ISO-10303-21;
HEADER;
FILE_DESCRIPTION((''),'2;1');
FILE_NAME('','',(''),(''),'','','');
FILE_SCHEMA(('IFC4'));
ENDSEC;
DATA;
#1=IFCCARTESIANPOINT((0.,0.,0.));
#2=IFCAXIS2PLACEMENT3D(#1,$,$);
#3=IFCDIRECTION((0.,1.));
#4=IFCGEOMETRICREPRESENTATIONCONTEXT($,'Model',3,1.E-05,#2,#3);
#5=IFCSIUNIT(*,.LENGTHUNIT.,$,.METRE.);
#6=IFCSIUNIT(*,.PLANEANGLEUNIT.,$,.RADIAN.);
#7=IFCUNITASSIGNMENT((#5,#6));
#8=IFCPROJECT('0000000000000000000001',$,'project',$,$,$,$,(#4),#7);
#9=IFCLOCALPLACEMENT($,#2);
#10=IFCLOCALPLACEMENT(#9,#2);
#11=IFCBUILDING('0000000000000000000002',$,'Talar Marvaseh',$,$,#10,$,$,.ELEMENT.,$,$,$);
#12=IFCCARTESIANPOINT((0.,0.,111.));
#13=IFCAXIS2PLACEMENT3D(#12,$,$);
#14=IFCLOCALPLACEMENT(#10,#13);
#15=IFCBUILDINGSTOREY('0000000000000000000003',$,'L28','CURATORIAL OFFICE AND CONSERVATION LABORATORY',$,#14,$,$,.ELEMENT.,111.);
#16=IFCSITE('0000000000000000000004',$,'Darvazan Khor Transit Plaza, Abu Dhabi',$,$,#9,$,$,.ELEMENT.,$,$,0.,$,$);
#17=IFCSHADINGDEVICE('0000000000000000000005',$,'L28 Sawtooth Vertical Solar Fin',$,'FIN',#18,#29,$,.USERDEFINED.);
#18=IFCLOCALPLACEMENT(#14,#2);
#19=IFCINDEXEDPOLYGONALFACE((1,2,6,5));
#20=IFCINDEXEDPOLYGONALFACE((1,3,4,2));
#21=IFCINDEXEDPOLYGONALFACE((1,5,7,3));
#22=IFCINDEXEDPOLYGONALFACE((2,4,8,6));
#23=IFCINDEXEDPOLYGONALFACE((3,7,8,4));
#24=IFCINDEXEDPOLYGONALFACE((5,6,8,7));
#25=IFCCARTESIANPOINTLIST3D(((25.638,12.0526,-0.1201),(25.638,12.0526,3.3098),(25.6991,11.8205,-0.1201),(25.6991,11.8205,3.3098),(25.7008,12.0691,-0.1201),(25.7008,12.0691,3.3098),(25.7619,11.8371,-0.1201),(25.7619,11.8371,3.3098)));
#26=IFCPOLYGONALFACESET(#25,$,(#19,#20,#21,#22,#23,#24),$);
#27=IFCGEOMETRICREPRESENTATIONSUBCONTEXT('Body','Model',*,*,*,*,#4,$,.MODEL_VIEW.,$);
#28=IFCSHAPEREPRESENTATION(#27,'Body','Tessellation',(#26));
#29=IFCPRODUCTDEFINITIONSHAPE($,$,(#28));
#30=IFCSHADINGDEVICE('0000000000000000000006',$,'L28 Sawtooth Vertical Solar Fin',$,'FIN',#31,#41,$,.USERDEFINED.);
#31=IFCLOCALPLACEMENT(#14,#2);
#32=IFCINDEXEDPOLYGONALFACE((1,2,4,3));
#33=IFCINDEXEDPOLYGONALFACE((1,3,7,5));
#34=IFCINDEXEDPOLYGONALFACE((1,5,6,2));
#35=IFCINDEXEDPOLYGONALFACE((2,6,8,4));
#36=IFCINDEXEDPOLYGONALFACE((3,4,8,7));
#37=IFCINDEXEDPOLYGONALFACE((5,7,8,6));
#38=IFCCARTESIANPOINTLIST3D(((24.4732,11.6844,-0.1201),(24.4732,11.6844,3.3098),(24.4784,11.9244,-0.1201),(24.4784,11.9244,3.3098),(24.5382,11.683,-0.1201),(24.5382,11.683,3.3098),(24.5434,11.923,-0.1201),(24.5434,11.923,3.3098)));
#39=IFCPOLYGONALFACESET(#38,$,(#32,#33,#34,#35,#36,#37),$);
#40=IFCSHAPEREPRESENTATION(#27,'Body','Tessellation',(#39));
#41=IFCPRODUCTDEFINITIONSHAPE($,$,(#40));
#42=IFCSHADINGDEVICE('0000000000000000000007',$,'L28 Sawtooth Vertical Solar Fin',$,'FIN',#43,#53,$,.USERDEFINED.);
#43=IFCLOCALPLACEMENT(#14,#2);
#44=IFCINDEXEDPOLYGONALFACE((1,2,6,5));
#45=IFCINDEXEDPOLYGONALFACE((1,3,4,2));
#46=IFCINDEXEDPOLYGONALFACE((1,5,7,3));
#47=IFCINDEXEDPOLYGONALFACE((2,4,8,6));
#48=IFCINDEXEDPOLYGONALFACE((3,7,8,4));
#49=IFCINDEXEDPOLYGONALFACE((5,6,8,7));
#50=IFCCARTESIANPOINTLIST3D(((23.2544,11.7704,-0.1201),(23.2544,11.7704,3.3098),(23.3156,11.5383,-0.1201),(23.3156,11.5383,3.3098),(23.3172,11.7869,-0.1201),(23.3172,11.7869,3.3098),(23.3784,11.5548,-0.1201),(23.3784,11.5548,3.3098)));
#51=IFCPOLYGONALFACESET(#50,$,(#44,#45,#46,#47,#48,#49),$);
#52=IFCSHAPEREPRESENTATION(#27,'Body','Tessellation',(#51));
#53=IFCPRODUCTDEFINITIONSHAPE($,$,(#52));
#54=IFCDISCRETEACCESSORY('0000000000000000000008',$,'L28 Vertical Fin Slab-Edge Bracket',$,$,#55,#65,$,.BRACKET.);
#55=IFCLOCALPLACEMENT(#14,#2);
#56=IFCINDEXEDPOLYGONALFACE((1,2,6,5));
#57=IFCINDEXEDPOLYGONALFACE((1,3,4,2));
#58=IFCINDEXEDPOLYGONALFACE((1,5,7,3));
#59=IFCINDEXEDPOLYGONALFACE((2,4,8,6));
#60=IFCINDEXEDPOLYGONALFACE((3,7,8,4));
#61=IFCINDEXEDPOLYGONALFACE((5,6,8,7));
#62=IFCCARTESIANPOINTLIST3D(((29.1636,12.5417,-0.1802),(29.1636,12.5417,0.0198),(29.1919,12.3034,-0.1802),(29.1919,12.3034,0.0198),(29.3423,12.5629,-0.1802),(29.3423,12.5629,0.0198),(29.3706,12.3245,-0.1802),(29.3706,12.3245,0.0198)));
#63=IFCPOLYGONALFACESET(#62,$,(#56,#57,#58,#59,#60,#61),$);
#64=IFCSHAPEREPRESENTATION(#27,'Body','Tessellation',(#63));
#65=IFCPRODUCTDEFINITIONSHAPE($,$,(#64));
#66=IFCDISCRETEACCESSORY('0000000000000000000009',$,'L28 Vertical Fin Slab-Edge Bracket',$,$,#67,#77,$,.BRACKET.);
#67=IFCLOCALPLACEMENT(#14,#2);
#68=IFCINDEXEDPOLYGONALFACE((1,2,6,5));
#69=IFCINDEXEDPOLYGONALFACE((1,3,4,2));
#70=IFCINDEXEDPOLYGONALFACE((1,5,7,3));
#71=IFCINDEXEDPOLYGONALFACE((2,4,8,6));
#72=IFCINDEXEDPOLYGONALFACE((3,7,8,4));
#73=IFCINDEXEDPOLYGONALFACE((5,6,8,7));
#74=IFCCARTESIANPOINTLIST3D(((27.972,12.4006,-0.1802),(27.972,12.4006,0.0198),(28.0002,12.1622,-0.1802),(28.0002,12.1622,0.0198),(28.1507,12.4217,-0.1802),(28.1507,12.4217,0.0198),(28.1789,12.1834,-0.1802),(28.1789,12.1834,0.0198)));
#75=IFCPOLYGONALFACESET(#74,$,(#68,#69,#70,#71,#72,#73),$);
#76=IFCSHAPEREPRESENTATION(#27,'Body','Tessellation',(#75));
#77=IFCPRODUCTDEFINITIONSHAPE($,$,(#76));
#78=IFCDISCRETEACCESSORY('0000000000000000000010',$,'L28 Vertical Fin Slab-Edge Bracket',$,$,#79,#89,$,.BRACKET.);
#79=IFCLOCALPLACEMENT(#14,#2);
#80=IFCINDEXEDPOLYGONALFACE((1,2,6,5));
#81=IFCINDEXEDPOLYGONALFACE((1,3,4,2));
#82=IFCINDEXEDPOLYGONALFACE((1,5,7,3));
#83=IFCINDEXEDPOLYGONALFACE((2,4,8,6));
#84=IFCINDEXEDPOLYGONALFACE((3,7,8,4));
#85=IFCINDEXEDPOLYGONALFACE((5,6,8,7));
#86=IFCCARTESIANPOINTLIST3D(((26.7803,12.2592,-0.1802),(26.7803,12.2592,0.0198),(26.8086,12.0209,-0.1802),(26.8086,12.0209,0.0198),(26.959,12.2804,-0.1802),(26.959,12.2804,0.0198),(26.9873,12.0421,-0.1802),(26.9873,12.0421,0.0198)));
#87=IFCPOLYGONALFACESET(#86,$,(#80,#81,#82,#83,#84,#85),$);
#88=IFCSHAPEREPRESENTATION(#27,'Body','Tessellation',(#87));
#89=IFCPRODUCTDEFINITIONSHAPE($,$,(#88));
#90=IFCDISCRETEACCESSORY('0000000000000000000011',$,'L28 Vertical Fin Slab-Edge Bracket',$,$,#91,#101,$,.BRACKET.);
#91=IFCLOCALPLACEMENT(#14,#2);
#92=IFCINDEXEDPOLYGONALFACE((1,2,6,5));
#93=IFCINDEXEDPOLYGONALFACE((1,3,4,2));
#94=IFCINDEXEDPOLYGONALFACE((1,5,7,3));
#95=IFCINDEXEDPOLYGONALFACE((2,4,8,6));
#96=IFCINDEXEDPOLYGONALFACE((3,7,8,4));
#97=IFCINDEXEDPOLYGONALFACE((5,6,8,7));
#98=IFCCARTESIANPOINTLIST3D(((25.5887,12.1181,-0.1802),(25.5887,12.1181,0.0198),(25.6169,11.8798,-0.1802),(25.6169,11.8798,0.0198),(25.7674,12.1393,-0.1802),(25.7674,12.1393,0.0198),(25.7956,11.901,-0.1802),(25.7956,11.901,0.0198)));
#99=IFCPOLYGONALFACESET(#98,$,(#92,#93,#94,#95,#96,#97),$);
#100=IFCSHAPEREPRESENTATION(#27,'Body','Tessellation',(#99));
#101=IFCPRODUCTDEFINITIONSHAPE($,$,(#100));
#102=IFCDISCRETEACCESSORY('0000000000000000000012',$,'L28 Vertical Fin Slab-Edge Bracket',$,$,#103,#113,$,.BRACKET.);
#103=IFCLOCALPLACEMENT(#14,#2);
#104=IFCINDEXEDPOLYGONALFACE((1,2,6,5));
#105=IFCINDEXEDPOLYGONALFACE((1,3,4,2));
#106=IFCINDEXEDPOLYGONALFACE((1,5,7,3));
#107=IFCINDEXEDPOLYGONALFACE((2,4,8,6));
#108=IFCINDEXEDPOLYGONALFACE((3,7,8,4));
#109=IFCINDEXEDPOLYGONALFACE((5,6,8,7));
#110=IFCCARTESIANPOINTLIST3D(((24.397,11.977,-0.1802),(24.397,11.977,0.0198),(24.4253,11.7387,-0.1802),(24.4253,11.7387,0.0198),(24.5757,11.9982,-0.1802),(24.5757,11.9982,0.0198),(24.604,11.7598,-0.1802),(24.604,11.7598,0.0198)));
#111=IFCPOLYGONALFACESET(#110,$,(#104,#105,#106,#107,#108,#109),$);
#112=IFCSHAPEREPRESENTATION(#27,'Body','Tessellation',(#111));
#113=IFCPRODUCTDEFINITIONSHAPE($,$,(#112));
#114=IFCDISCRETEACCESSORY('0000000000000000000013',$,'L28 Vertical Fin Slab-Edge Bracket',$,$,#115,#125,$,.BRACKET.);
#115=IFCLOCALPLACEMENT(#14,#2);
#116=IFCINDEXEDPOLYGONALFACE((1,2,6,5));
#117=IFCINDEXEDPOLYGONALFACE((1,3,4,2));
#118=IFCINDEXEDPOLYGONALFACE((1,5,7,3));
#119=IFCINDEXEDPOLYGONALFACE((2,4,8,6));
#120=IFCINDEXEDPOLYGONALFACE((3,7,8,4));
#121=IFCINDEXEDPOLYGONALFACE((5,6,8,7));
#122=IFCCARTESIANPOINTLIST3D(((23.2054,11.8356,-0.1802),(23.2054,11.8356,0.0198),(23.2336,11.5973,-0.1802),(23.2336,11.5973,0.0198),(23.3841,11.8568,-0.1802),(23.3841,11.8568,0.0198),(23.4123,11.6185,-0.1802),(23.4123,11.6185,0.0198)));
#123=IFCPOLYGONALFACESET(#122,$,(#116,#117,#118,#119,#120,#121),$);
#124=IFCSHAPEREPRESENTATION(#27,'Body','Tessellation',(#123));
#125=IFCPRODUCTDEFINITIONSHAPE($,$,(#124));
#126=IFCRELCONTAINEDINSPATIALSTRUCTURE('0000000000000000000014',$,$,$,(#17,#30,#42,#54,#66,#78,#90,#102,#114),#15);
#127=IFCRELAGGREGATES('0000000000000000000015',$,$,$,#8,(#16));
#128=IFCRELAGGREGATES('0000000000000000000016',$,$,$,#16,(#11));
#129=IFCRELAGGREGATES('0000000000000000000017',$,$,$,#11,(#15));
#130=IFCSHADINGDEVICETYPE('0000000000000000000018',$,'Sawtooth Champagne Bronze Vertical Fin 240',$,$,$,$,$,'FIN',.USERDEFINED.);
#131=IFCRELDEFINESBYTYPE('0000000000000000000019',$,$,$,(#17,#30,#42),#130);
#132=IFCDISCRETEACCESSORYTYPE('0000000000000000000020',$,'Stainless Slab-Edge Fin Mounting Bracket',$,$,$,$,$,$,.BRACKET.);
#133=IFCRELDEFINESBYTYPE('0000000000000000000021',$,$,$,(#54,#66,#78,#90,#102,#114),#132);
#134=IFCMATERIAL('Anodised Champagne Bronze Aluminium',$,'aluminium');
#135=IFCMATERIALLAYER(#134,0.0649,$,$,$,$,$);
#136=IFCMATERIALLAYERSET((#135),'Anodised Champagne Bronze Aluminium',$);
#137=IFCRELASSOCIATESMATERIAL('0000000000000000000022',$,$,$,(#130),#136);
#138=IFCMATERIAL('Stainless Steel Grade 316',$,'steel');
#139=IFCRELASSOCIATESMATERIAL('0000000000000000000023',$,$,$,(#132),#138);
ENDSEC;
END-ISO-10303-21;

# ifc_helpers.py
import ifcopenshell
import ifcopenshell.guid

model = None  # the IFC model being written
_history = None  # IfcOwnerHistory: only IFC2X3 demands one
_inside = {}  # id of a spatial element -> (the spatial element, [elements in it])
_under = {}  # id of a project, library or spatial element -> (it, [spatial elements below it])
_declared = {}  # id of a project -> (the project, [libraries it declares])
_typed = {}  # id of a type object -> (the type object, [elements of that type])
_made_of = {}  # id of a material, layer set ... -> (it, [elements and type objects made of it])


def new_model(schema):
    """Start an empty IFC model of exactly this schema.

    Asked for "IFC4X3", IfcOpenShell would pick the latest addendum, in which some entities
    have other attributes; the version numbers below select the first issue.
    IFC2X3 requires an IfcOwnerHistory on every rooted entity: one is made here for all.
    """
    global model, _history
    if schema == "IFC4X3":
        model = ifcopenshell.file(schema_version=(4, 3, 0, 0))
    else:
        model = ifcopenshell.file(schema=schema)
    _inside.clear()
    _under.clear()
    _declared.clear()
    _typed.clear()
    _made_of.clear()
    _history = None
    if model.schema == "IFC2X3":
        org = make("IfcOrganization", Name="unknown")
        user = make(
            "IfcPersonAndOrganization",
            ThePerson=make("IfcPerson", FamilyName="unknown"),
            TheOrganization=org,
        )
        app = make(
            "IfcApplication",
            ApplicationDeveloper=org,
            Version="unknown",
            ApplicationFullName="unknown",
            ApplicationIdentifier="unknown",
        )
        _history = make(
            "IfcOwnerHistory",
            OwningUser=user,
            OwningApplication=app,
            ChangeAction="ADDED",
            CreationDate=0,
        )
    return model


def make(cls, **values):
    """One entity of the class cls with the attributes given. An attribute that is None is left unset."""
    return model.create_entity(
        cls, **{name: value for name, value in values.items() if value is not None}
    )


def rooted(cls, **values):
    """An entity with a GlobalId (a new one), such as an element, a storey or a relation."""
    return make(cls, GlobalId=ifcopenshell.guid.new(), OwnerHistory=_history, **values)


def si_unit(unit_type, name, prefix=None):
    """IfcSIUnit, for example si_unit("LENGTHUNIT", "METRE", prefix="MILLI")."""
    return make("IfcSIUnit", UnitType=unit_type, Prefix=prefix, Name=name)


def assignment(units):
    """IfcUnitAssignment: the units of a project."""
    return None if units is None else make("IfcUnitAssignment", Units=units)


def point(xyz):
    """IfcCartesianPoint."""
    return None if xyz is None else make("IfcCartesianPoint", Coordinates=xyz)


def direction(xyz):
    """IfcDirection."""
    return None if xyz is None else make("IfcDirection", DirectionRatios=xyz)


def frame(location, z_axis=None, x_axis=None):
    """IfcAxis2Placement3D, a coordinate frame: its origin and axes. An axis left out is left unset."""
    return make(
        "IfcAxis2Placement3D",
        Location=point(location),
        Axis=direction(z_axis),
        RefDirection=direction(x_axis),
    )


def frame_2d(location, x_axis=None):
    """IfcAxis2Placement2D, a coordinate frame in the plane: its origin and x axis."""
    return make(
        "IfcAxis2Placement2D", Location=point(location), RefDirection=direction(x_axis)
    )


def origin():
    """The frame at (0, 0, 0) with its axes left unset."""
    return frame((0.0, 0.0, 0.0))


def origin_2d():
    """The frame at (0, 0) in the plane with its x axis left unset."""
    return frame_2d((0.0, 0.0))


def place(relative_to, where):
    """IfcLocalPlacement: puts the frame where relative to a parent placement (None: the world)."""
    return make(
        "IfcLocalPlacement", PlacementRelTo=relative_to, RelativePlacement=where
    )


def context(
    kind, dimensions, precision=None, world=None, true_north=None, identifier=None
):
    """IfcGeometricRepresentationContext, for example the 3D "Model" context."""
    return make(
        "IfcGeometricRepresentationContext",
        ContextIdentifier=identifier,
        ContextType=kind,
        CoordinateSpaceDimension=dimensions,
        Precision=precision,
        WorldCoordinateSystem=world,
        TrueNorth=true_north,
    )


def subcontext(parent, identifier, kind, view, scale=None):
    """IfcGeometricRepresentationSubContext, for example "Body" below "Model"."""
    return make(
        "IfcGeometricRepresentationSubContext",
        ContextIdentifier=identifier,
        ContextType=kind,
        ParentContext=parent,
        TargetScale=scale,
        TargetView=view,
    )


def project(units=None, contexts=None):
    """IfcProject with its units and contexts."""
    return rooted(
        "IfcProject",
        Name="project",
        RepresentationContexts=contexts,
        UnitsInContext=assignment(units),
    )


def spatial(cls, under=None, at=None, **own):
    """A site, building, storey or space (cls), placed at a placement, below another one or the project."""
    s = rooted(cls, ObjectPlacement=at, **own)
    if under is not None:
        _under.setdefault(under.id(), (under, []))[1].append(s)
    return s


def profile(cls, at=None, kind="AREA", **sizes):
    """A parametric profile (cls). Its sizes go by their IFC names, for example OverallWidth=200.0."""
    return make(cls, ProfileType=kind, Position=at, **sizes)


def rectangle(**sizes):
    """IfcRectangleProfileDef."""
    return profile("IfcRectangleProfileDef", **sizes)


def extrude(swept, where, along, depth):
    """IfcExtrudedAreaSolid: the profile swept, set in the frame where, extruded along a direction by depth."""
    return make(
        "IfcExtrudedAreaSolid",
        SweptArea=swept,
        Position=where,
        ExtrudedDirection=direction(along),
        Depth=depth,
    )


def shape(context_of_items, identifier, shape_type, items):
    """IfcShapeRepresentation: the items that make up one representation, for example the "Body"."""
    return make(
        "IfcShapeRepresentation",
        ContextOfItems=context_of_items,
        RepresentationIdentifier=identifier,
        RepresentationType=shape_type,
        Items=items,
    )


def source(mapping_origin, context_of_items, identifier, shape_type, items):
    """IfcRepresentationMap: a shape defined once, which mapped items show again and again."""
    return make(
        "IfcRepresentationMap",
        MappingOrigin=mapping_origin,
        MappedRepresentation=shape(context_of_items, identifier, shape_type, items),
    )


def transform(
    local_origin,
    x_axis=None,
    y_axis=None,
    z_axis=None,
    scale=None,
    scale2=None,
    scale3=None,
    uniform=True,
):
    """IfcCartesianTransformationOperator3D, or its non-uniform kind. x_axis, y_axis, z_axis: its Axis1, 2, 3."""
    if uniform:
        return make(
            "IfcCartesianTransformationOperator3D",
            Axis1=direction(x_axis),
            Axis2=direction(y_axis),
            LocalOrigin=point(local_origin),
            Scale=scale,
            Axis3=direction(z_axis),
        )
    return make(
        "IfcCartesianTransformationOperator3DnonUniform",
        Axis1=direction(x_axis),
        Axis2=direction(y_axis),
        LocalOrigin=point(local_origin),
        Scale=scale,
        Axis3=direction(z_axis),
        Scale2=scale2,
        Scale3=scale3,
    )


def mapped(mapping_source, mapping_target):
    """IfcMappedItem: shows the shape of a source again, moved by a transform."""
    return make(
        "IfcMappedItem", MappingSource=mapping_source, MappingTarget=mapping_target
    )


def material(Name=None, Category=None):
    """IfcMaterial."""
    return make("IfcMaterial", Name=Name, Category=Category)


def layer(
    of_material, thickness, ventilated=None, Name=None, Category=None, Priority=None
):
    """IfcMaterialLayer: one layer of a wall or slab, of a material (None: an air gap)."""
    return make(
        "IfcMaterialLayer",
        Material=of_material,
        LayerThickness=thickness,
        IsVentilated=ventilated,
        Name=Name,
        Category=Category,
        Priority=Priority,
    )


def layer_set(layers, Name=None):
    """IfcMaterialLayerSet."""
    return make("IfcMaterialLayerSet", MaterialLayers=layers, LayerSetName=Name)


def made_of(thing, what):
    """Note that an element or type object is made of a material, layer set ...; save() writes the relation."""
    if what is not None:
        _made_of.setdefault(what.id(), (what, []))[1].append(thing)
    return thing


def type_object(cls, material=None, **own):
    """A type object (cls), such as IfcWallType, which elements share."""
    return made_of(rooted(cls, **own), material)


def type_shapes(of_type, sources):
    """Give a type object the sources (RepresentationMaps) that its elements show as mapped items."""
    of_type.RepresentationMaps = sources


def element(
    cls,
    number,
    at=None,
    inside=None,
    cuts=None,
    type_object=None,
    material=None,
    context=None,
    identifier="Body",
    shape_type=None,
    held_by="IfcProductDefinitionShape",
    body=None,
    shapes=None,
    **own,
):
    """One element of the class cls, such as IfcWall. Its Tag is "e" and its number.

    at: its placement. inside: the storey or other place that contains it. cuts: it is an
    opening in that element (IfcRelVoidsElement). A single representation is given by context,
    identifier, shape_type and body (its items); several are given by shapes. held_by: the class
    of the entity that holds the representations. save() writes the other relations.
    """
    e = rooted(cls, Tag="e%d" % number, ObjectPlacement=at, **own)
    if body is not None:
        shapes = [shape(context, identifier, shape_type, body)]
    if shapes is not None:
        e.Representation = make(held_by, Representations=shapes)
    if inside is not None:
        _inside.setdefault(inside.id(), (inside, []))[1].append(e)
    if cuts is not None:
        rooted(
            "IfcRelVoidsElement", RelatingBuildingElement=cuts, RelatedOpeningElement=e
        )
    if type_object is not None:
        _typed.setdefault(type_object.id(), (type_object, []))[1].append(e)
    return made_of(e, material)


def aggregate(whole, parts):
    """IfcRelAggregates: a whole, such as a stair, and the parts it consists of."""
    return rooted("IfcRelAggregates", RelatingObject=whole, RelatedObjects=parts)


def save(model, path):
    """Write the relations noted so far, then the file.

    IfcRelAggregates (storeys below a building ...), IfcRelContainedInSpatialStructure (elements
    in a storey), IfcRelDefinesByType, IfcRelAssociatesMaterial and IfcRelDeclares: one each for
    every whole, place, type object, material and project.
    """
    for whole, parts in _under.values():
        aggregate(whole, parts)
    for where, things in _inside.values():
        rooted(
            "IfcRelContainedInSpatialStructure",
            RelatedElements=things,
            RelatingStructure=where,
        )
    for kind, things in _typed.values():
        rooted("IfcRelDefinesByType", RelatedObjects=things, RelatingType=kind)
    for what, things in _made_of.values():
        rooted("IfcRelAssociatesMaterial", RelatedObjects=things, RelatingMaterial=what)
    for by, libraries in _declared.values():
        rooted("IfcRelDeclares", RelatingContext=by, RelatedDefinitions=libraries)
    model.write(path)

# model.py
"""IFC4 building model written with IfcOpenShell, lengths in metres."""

from ifc_helpers import new_model, si_unit, direction, frame, origin, origin_2d, place, context, subcontext, project, spatial, rectangle, extrude, source, transform, mapped, material, layer, layer_set, type_object, type_shapes, element, save


model = new_model("IFC4")

# Units and contexts
model_context = context("Model", 3, precision=1e-05, world=origin(), true_north=direction((0.0, 1.0)))
body_context = subcontext(model_context, "Body", "Model", "MODEL_VIEW")
ifc_project = project(units=[si_unit("LENGTHUNIT", "METRE"), si_unit("PLANEANGLEUNIT", "RADIAN")], contexts=[model_context])

# Site, building, storey
site_placement = place(None, origin())
site = spatial("IfcSite", under=ifc_project, at=site_placement, Name="Darvazan Khor Transit Plaza, Abu Dhabi", CompositionType="ELEMENT", RefElevation=0.0)
building_placement = place(site_placement, origin())
building = spatial("IfcBuilding", under=site, at=building_placement, Name="Talar Marvaseh", CompositionType="ELEMENT")
storey_placement = place(building_placement, frame((0.0, 0.0, 111.0)))
storey = spatial("IfcBuildingStorey", under=building, at=storey_placement, Name="L28", Description="CURATORIAL OFFICE AND CONSERVATION LABORATORY", CompositionType="ELEMENT", Elevation=111.0)

# Shading devices
ifc_material_1 = material(Name="Anodised Champagne Bronze Aluminium", Category="aluminium")
ifc_layer_1 = layer(ifc_material_1, 0.0649)
ifc_layer_set_1 = layer_set([ifc_layer_1], Name="Anodised Champagne Bronze Aluminium")
shading_device_type = type_object("IfcShadingDeviceType", Name="Sawtooth Champagne Bronze Vertical Fin 240", ElementType="FIN", PredefinedType="USERDEFINED", material=ifc_layer_set_1)
shared_shape_1 = source(origin(), body_context, "Body", "SweptSolid", [
    extrude(rectangle(XDim=0.24, YDim=0.0649, at=origin_2d()), origin(), (0.0, 0.0, 1.0), 3.4299),
])
type_shapes(shading_device_type, [shared_shape_1])
for number, where, z_axis, x_axis, name in (
    (1, (25.7, 11.9448, -0.1201), (0.0, 0.0, 1.0), (0.254771, -0.967001, 0.0), "L28 Sawtooth Vertical Solar Fin"),
    (2, (24.5083, 11.8037, -0.1201), (0.0, 0.0, 1.0), (-0.02164, -0.999766, 0.0), "L28 Sawtooth Vertical Solar Fin"),
    (3, (23.3164, 11.6626, -0.1201), (0.0, 0.0, 1.0), (0.254771, -0.967001, 0.0), "L28 Sawtooth Vertical Solar Fin"),
):
    element("IfcShadingDevice", number, at=place(storey_placement, frame(where, z_axis=z_axis, x_axis=x_axis)), inside=storey, type_object=shading_device_type, Name=name, ObjectType="FIN", PredefinedType="USERDEFINED", context=body_context, shape_type="MappedRepresentation", body=[
        mapped(shared_shape_1, transform((0.0, 0.0, 0.0), x_axis=(1.0, 0.0, 0.0), y_axis=(0.0, 1.0, 0.0), z_axis=(0.0, 0.0, 1.0), scale=1.0)),
    ])

# Discrete accessories
ifc_material_2 = material(Name="Stainless Steel Grade 316", Category="steel")
discrete_accessory_type = type_object("IfcDiscreteAccessoryType", Name="Stainless Slab-Edge Fin Mounting Bracket", PredefinedType="BRACKET", material=ifc_material_2)
shared_shape_2 = source(origin(), body_context, "Body", "SweptSolid", [
    extrude(rectangle(XDim=0.24, YDim=0.1799, at=origin_2d()), origin(), (0.0, 0.0, 1.0), 0.2),
])
type_shapes(discrete_accessory_type, [shared_shape_2])
for number, where, z_axis, x_axis, name in (
    (4, (29.2671, 12.4331, -0.1802), (0.0, 0.0, 1.0), (0.117711, -0.993048, 0.0), "L28 Vertical Fin Slab-Edge Bracket"),
    (5, (28.0754, 12.292, -0.1802), (0.0, 0.0, 1.0), (0.117711, -0.993048, 0.0), "L28 Vertical Fin Slab-Edge Bracket"),
    (6, (26.8838, 12.1506, -0.1802), (0.0, 0.0, 1.0), (0.117711, -0.993048, 0.0), "L28 Vertical Fin Slab-Edge Bracket"),
    (7, (25.6921, 12.0095, -0.1802), (0.0, 0.0, 1.0), (0.117711, -0.993048, 0.0), "L28 Vertical Fin Slab-Edge Bracket"),
    (8, (24.5005, 11.8684, -0.1802), (0.0, 0.0, 1.0), (0.117711, -0.993048, 0.0), "L28 Vertical Fin Slab-Edge Bracket"),
    (9, (23.3088, 11.7271, -0.1802), (0.0, 0.0, 1.0), (0.117711, -0.993048, 0.0), "L28 Vertical Fin Slab-Edge Bracket"),
):
    element("IfcDiscreteAccessory", number, at=place(storey_placement, frame(where, z_axis=z_axis, x_axis=x_axis)), inside=storey, type_object=discrete_accessory_type, Name=name, PredefinedType="BRACKET", context=body_context, shape_type="MappedRepresentation", body=[
        mapped(shared_shape_2, transform((0.0, 0.0, 0.0), x_axis=(1.0, 0.0, 0.0), y_axis=(0.0, 1.0, 0.0), z_axis=(0.0, 0.0, 1.0), scale=1.0)),
    ])

save(model, "model.ifc")
